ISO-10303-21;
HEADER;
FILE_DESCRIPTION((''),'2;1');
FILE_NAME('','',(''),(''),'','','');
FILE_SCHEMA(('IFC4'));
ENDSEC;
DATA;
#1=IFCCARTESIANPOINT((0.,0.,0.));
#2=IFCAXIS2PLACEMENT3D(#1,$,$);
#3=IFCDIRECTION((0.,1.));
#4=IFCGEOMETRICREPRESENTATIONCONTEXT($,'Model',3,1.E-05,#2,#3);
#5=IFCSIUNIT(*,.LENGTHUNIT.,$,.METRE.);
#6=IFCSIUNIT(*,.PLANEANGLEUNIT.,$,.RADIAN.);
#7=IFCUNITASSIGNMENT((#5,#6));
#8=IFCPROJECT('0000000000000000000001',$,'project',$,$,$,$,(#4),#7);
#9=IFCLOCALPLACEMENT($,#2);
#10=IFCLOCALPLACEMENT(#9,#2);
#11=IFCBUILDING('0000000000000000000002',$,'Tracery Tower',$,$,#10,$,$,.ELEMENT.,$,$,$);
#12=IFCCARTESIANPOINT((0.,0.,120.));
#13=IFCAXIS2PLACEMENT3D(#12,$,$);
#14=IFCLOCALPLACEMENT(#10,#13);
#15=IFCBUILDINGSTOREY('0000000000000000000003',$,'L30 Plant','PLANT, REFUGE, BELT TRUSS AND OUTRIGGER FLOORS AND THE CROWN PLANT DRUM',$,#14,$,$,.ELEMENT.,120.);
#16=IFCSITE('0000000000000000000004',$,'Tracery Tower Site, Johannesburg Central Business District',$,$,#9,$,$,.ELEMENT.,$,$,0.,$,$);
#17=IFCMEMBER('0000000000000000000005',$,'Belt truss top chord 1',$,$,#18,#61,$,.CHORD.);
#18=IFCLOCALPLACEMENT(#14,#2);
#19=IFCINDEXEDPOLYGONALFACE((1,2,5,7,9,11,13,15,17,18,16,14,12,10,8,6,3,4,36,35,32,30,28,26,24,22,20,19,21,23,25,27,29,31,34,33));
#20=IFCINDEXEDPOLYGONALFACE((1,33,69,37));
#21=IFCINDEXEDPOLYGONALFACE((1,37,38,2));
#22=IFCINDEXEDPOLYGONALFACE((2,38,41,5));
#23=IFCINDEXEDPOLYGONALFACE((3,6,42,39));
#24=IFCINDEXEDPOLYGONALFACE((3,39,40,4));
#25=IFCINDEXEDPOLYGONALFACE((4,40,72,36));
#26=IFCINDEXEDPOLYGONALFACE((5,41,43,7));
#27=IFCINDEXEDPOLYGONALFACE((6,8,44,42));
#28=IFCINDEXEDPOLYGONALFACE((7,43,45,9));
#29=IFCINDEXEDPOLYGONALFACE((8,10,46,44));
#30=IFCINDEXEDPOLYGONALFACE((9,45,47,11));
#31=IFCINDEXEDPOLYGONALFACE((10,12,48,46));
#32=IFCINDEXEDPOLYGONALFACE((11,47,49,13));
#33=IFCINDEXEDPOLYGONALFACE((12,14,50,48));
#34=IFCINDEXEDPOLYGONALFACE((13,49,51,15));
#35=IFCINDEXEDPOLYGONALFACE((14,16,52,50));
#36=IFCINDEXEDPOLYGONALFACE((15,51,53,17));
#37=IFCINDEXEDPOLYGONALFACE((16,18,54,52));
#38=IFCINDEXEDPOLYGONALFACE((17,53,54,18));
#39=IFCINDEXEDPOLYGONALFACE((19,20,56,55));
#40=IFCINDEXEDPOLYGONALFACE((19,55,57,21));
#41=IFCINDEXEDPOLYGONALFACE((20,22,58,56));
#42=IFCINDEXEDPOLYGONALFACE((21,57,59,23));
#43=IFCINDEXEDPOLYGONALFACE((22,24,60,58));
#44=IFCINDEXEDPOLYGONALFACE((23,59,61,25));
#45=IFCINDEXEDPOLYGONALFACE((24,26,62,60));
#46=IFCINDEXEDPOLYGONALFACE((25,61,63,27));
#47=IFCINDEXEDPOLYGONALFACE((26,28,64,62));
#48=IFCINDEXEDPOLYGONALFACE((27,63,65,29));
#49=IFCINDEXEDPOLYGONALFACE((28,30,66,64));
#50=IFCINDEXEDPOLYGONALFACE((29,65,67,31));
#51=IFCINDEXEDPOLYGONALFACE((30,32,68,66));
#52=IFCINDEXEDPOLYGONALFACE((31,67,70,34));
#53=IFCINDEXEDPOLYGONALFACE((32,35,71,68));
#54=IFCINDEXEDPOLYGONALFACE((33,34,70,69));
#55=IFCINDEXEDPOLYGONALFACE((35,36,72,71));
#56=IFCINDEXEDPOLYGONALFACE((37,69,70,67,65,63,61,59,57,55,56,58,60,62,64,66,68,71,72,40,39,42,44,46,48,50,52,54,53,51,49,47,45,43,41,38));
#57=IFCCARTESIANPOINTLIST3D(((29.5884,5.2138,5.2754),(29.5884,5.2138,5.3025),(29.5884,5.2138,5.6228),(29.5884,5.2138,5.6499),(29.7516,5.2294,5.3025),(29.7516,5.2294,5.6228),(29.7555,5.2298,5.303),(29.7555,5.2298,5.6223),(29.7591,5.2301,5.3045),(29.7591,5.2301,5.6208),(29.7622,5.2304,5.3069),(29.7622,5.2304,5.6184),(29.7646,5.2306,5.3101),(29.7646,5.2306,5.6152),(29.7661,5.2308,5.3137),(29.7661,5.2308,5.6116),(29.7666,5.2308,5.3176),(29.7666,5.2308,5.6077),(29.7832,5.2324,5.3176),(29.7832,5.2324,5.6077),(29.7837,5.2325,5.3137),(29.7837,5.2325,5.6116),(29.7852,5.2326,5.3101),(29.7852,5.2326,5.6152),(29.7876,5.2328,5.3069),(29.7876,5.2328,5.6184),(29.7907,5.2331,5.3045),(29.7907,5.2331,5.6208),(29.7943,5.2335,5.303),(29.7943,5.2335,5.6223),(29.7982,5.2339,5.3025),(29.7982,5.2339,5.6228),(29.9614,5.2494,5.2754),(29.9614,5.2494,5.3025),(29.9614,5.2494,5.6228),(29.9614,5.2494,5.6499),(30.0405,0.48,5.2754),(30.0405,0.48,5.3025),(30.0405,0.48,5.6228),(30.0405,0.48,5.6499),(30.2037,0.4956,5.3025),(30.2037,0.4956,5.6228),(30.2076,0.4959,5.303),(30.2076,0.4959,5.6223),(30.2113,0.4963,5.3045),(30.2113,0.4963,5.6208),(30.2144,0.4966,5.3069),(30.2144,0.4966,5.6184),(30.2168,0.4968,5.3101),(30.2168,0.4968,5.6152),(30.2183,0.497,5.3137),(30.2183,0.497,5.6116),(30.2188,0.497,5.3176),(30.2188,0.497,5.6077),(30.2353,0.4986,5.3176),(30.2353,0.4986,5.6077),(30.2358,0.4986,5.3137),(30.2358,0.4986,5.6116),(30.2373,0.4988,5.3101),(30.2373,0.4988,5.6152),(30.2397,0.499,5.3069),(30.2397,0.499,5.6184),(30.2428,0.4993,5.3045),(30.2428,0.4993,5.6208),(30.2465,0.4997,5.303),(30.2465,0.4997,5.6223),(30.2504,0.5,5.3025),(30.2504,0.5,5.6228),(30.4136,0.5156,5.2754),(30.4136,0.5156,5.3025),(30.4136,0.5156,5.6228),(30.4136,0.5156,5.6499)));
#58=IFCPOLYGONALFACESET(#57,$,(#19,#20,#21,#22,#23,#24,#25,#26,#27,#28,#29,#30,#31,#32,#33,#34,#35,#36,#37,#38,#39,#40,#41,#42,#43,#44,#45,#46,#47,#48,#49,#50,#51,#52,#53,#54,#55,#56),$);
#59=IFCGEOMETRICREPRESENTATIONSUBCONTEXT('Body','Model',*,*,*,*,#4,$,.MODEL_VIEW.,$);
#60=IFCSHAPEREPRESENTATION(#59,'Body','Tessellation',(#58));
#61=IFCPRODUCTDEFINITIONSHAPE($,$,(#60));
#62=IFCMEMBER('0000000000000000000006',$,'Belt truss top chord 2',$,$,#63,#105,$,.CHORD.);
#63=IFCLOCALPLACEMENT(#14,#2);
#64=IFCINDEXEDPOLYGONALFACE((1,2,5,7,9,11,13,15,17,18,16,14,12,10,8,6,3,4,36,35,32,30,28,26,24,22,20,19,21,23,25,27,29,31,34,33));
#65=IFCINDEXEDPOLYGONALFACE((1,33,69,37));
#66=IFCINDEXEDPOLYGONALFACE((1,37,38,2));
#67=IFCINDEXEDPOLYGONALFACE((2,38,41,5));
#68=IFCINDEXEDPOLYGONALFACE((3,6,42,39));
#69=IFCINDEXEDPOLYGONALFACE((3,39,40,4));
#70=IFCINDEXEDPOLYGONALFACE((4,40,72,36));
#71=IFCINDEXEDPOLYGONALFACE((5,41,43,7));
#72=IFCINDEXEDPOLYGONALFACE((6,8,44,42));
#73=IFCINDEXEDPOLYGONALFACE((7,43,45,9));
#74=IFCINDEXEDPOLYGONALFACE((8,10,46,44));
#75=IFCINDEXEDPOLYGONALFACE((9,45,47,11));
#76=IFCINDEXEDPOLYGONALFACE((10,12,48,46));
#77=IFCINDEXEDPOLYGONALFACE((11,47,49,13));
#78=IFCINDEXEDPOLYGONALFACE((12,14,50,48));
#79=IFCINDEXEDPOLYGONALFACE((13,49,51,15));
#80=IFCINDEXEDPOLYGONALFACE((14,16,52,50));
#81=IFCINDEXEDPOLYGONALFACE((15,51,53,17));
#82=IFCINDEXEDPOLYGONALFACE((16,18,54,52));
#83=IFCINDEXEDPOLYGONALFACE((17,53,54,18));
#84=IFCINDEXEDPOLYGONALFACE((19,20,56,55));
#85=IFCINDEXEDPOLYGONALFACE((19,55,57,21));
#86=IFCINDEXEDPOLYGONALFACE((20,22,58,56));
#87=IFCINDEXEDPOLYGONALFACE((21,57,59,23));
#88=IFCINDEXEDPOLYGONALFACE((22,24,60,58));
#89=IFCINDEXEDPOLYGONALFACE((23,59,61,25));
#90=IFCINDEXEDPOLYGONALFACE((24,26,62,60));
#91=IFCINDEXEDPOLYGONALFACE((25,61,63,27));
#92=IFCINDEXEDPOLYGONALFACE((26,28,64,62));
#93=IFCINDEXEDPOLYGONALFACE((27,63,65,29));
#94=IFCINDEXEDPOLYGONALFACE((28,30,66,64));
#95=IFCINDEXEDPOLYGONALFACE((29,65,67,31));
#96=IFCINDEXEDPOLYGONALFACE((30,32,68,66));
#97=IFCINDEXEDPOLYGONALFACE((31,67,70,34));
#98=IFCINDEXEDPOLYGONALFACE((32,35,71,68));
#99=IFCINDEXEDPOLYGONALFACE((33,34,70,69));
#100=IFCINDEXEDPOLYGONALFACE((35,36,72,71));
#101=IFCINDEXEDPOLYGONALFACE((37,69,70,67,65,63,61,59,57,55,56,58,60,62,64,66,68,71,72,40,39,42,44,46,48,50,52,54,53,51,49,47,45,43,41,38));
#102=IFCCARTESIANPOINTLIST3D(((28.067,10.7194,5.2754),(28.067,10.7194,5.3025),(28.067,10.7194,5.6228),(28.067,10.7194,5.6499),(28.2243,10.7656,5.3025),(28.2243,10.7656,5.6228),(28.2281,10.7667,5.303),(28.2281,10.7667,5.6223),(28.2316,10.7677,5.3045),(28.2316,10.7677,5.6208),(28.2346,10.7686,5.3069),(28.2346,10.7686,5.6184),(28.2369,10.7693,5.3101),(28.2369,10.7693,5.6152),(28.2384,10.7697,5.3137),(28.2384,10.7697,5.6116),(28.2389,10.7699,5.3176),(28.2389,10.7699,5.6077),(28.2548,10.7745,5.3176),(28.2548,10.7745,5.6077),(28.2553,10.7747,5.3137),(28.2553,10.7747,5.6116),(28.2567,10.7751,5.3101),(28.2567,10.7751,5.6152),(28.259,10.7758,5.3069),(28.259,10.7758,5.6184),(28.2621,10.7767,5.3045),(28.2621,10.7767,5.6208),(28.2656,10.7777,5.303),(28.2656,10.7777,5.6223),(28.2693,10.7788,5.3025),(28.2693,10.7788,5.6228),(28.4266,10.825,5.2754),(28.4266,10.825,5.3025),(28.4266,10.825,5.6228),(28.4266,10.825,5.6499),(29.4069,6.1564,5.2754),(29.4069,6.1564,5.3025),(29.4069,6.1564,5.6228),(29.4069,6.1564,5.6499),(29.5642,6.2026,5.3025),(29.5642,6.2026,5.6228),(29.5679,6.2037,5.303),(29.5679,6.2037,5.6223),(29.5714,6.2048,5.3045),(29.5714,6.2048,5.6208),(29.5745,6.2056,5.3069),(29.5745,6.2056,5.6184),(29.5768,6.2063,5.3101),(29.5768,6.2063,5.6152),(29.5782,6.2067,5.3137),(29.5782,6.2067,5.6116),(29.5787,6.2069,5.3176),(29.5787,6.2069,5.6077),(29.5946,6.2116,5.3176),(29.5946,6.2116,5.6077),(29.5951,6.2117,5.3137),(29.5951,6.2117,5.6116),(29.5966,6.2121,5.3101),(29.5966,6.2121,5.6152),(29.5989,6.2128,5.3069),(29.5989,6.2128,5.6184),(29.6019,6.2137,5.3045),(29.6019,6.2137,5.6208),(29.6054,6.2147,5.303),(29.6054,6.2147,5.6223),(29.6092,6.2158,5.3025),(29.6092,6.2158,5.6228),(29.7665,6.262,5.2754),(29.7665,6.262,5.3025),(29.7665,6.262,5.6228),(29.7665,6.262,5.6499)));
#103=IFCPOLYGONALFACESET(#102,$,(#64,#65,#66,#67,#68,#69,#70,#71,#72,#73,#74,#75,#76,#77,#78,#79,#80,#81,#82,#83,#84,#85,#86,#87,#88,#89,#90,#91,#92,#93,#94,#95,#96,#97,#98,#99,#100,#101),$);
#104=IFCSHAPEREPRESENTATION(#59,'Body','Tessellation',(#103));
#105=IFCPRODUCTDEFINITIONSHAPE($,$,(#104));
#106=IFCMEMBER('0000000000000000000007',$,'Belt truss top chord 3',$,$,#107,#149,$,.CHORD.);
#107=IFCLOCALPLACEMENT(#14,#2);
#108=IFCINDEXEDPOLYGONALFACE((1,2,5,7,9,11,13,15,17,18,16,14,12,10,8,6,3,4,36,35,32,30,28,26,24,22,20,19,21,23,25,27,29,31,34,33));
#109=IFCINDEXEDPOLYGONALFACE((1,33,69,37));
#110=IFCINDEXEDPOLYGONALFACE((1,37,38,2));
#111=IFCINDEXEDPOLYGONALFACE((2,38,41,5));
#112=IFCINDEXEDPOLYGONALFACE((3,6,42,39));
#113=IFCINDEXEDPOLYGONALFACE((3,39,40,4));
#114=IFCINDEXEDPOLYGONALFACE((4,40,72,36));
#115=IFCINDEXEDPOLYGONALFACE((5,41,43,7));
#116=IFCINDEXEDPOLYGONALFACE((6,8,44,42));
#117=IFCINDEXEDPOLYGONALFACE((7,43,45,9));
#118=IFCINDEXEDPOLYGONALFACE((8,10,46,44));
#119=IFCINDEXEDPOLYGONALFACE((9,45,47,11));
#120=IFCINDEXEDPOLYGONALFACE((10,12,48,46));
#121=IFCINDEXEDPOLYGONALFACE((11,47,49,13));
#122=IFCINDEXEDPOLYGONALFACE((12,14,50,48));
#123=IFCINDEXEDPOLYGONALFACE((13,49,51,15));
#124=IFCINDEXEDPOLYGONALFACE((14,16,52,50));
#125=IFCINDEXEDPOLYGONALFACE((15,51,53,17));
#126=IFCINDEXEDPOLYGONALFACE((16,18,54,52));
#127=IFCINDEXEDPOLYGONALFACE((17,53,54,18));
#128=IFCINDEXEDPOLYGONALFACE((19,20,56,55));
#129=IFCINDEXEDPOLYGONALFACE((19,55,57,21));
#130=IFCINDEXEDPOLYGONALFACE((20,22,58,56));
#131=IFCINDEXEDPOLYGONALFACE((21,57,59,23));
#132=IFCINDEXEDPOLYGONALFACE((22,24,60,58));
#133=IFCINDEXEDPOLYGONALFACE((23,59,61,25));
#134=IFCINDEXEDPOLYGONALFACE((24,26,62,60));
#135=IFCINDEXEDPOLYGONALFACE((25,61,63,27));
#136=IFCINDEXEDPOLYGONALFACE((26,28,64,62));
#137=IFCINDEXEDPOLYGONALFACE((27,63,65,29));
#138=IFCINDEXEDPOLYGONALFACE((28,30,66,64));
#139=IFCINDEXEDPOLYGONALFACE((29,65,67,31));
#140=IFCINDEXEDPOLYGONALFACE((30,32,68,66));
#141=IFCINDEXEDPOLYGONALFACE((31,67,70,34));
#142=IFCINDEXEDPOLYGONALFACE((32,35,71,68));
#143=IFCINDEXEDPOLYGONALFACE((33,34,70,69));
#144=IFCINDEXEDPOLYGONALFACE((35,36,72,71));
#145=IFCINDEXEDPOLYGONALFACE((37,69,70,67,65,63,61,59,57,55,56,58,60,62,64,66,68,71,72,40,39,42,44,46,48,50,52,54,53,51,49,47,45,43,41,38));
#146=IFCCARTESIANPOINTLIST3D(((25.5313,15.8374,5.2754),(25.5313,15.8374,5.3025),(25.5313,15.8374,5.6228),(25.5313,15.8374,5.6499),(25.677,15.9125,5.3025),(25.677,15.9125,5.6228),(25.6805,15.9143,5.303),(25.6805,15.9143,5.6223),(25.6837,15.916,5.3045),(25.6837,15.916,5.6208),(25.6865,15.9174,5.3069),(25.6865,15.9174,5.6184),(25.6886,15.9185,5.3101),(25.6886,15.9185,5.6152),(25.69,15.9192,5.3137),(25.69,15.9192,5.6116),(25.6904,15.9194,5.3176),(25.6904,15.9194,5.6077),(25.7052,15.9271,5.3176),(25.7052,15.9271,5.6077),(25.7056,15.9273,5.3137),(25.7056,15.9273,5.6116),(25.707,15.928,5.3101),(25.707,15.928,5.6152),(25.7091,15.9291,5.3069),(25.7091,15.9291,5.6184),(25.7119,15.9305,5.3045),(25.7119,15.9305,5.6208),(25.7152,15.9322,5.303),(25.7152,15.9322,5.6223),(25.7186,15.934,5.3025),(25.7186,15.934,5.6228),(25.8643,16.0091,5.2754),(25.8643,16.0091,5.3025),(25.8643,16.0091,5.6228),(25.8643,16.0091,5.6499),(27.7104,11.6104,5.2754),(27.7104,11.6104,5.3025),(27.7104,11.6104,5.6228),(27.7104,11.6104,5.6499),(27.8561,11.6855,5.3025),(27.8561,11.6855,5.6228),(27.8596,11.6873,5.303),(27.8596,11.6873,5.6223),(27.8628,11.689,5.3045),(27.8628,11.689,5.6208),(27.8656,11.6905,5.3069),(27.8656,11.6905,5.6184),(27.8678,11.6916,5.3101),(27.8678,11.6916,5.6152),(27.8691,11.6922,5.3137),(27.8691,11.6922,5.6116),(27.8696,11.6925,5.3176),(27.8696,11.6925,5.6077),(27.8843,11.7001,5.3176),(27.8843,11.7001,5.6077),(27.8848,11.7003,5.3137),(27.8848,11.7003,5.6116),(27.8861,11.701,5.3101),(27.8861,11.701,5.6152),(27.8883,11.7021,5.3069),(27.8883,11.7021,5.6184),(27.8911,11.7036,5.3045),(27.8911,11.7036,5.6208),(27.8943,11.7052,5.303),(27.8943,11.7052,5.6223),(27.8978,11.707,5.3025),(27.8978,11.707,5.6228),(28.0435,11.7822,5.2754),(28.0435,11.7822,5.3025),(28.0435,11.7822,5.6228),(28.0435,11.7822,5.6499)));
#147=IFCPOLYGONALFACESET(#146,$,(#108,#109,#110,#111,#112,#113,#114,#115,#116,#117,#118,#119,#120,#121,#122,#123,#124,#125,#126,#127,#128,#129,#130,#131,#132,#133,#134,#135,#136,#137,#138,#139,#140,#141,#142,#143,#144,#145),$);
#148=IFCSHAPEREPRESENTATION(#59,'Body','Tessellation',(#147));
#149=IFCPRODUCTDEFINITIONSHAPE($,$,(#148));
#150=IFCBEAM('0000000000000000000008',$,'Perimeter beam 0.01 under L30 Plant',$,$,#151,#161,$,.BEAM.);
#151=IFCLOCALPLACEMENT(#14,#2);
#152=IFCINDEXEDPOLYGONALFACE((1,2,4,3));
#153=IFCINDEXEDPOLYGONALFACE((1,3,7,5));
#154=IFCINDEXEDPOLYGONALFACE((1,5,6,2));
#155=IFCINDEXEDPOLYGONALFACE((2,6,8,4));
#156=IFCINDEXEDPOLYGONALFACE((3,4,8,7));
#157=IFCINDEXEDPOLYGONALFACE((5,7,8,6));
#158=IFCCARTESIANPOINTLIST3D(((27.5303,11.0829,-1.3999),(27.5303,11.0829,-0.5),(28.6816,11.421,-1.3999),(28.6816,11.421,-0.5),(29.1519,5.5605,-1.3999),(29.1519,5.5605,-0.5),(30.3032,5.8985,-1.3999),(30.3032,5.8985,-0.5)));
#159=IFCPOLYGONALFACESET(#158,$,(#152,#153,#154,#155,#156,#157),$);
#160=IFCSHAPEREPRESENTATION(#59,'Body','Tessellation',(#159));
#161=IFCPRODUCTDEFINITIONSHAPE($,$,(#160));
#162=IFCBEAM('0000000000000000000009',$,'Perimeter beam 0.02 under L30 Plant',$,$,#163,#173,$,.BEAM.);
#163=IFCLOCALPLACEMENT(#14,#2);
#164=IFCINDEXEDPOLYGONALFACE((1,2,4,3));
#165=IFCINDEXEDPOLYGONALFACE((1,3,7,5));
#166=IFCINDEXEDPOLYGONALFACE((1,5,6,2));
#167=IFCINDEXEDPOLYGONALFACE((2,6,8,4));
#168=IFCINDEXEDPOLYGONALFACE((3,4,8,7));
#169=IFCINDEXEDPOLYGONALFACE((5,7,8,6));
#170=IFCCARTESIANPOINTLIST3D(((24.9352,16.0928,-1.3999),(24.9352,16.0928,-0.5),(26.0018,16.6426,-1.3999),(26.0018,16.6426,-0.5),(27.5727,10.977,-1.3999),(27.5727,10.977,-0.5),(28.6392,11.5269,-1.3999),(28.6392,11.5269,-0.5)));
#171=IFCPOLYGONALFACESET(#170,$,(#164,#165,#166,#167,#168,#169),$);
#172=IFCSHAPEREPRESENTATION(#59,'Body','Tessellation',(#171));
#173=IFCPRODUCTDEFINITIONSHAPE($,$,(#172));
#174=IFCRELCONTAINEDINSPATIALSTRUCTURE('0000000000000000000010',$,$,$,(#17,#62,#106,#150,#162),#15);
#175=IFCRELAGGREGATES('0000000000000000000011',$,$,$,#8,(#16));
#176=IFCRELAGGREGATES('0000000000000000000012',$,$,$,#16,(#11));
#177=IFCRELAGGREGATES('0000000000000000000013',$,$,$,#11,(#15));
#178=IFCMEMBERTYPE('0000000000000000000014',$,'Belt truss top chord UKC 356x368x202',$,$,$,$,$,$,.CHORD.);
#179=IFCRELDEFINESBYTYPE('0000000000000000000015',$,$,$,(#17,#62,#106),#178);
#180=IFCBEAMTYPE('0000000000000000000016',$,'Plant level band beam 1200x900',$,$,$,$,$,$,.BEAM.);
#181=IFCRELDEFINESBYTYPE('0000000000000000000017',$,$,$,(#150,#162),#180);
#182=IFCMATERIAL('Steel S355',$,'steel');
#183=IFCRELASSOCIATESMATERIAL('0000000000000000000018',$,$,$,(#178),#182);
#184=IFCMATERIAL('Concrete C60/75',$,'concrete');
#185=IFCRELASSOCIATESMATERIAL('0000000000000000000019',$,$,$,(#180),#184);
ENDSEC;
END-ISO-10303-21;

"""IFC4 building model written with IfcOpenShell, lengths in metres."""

from ifc_helpers import new_model, si_unit, direction, frame, origin, origin_2d, place, context, subcontext, project, spatial, rectangle, i_section, extrude, material, material_profile, profile_set, type_object, element, save


model = new_model("IFC4")

# Units and contexts
model_context = context("Model", 3, precision=1e-05, world=origin(), true_north=direction((0.0, 1.0)))
body_context = subcontext(model_context, "Body", "Model", "MODEL_VIEW")
ifc_project = project(units=[si_unit("LENGTHUNIT", "METRE"), si_unit("PLANEANGLEUNIT", "RADIAN")], contexts=[model_context])

# Site, building, storey
site_placement = place(None, origin())
site = spatial("IfcSite", under=ifc_project, at=site_placement, Name="Tracery Tower Site, Johannesburg Central Business District", CompositionType="ELEMENT", RefElevation=0.0)
building_placement = place(site_placement, origin())
building = spatial("IfcBuilding", under=site, at=building_placement, Name="Tracery Tower", CompositionType="ELEMENT")
storey_placement = place(building_placement, frame((0.0, 0.0, 120.0)))
storey = spatial("IfcBuildingStorey", under=building, at=storey_placement, Name="L30 Plant", Description="PLANT, REFUGE, BELT TRUSS AND OUTRIGGER FLOORS AND THE CROWN PLANT DRUM", CompositionType="ELEMENT", Elevation=120.0)

# Members
ifc_material_1 = material(Name="Steel S355", Category="steel")
ifc_material_profile_1 = material_profile(ifc_material_1, i_section(OverallWidth=0.3748, OverallDepth=0.3745, WebThickness=0.0166, FlangeThickness=0.0271, FilletRadius=0.0151, at=origin_2d()), Name="UKC 356x368x202")
ifc_profile_set_1 = profile_set([ifc_material_profile_1], Name="Steel S355")
member_type_1 = type_object("IfcMemberType", Name="Belt truss top chord UKC 356x368x202", PredefinedType="CHORD", material=ifc_profile_set_1)
member_1_placement = place(storey_placement, frame((30.2271, 0.4978, 5.4626), z_axis=(-0.09508, 0.99547, 0.0), x_axis=(-0.99547, -0.09508, 0.0)))
element("IfcMember", 1, at=member_1_placement, inside=storey, type_object=member_type_1, Name="Belt truss top chord 1", PredefinedType="CHORD", context=body_context, shape_type="SweptSolid", body=[
    extrude(i_section(OverallWidth=0.3748, OverallDepth=0.3745, WebThickness=0.0166, FlangeThickness=0.0271, FilletRadius=0.0151, at=origin_2d()), origin(), (0.0, 0.0, 1.0), 4.7554),
])
for number, where, z_axis, x_axis, name in (
    (2, (29.5867, 6.2092, 5.4626), (-0.281738, 0.959491, 0.0), (-0.959491, -0.281738, 0.0), "Belt truss top chord 2"),
    (3, (27.877, 11.6963, 5.4626), (-0.458227, 0.888835, 0.0), (-0.888835, -0.458227, 0.0), "Belt truss top chord 3"),
):
    element("IfcMember", number, at=place(storey_placement, frame(where, z_axis=z_axis, x_axis=x_axis)), inside=storey, type_object=member_type_1, Name=name, PredefinedType="CHORD", context=body_context, shape_type="SweptSolid", body=[
        extrude(i_section(OverallWidth=0.3748, OverallDepth=0.3745, WebThickness=0.0166, FlangeThickness=0.0271, FilletRadius=0.0151, at=origin_2d()), origin(), (0.0, 0.0, 1.0), 4.7556),
    ])

# Beams
ifc_material_2 = material(Name="Concrete C60/75", Category="concrete")
ifc_material_profile_2 = material_profile(ifc_material_2, rectangle(XDim=1.2, YDim=0.8999, at=origin_2d()), Name="RC 1200x900")
ifc_profile_set_2 = profile_set([ifc_material_profile_2], Name="Concrete C60/75")
beam_type = type_object("IfcBeamType", Name="Plant level band beam 1200x900", PredefinedType="BEAM", material=ifc_profile_set_2)
for number, where, z_axis, x_axis, name in (
    (4, (29.7275, 5.7295, -0.95), (-0.281739, 0.959491, 0.0), (-0.959491, -0.281739, 0.0), "Perimeter beam 0.01 under L30 Plant"),
    (5, (28.106, 11.252, -0.95), (-0.458242, 0.888827, 0.0), (-0.888827, -0.458242, 0.0), "Perimeter beam 0.02 under L30 Plant"),
):
    element("IfcBeam", number, at=place(storey_placement, frame(where, z_axis=z_axis, x_axis=x_axis)), inside=storey, type_object=beam_type, Name=name, PredefinedType="BEAM", context=body_context, shape_type="SweptSolid", body=[
        extrude(rectangle(XDim=1.2, YDim=0.8999, at=origin_2d()), origin(), (0.0, 0.0, 1.0), 5.7556),
    ])

save(model, "model.ifc")
